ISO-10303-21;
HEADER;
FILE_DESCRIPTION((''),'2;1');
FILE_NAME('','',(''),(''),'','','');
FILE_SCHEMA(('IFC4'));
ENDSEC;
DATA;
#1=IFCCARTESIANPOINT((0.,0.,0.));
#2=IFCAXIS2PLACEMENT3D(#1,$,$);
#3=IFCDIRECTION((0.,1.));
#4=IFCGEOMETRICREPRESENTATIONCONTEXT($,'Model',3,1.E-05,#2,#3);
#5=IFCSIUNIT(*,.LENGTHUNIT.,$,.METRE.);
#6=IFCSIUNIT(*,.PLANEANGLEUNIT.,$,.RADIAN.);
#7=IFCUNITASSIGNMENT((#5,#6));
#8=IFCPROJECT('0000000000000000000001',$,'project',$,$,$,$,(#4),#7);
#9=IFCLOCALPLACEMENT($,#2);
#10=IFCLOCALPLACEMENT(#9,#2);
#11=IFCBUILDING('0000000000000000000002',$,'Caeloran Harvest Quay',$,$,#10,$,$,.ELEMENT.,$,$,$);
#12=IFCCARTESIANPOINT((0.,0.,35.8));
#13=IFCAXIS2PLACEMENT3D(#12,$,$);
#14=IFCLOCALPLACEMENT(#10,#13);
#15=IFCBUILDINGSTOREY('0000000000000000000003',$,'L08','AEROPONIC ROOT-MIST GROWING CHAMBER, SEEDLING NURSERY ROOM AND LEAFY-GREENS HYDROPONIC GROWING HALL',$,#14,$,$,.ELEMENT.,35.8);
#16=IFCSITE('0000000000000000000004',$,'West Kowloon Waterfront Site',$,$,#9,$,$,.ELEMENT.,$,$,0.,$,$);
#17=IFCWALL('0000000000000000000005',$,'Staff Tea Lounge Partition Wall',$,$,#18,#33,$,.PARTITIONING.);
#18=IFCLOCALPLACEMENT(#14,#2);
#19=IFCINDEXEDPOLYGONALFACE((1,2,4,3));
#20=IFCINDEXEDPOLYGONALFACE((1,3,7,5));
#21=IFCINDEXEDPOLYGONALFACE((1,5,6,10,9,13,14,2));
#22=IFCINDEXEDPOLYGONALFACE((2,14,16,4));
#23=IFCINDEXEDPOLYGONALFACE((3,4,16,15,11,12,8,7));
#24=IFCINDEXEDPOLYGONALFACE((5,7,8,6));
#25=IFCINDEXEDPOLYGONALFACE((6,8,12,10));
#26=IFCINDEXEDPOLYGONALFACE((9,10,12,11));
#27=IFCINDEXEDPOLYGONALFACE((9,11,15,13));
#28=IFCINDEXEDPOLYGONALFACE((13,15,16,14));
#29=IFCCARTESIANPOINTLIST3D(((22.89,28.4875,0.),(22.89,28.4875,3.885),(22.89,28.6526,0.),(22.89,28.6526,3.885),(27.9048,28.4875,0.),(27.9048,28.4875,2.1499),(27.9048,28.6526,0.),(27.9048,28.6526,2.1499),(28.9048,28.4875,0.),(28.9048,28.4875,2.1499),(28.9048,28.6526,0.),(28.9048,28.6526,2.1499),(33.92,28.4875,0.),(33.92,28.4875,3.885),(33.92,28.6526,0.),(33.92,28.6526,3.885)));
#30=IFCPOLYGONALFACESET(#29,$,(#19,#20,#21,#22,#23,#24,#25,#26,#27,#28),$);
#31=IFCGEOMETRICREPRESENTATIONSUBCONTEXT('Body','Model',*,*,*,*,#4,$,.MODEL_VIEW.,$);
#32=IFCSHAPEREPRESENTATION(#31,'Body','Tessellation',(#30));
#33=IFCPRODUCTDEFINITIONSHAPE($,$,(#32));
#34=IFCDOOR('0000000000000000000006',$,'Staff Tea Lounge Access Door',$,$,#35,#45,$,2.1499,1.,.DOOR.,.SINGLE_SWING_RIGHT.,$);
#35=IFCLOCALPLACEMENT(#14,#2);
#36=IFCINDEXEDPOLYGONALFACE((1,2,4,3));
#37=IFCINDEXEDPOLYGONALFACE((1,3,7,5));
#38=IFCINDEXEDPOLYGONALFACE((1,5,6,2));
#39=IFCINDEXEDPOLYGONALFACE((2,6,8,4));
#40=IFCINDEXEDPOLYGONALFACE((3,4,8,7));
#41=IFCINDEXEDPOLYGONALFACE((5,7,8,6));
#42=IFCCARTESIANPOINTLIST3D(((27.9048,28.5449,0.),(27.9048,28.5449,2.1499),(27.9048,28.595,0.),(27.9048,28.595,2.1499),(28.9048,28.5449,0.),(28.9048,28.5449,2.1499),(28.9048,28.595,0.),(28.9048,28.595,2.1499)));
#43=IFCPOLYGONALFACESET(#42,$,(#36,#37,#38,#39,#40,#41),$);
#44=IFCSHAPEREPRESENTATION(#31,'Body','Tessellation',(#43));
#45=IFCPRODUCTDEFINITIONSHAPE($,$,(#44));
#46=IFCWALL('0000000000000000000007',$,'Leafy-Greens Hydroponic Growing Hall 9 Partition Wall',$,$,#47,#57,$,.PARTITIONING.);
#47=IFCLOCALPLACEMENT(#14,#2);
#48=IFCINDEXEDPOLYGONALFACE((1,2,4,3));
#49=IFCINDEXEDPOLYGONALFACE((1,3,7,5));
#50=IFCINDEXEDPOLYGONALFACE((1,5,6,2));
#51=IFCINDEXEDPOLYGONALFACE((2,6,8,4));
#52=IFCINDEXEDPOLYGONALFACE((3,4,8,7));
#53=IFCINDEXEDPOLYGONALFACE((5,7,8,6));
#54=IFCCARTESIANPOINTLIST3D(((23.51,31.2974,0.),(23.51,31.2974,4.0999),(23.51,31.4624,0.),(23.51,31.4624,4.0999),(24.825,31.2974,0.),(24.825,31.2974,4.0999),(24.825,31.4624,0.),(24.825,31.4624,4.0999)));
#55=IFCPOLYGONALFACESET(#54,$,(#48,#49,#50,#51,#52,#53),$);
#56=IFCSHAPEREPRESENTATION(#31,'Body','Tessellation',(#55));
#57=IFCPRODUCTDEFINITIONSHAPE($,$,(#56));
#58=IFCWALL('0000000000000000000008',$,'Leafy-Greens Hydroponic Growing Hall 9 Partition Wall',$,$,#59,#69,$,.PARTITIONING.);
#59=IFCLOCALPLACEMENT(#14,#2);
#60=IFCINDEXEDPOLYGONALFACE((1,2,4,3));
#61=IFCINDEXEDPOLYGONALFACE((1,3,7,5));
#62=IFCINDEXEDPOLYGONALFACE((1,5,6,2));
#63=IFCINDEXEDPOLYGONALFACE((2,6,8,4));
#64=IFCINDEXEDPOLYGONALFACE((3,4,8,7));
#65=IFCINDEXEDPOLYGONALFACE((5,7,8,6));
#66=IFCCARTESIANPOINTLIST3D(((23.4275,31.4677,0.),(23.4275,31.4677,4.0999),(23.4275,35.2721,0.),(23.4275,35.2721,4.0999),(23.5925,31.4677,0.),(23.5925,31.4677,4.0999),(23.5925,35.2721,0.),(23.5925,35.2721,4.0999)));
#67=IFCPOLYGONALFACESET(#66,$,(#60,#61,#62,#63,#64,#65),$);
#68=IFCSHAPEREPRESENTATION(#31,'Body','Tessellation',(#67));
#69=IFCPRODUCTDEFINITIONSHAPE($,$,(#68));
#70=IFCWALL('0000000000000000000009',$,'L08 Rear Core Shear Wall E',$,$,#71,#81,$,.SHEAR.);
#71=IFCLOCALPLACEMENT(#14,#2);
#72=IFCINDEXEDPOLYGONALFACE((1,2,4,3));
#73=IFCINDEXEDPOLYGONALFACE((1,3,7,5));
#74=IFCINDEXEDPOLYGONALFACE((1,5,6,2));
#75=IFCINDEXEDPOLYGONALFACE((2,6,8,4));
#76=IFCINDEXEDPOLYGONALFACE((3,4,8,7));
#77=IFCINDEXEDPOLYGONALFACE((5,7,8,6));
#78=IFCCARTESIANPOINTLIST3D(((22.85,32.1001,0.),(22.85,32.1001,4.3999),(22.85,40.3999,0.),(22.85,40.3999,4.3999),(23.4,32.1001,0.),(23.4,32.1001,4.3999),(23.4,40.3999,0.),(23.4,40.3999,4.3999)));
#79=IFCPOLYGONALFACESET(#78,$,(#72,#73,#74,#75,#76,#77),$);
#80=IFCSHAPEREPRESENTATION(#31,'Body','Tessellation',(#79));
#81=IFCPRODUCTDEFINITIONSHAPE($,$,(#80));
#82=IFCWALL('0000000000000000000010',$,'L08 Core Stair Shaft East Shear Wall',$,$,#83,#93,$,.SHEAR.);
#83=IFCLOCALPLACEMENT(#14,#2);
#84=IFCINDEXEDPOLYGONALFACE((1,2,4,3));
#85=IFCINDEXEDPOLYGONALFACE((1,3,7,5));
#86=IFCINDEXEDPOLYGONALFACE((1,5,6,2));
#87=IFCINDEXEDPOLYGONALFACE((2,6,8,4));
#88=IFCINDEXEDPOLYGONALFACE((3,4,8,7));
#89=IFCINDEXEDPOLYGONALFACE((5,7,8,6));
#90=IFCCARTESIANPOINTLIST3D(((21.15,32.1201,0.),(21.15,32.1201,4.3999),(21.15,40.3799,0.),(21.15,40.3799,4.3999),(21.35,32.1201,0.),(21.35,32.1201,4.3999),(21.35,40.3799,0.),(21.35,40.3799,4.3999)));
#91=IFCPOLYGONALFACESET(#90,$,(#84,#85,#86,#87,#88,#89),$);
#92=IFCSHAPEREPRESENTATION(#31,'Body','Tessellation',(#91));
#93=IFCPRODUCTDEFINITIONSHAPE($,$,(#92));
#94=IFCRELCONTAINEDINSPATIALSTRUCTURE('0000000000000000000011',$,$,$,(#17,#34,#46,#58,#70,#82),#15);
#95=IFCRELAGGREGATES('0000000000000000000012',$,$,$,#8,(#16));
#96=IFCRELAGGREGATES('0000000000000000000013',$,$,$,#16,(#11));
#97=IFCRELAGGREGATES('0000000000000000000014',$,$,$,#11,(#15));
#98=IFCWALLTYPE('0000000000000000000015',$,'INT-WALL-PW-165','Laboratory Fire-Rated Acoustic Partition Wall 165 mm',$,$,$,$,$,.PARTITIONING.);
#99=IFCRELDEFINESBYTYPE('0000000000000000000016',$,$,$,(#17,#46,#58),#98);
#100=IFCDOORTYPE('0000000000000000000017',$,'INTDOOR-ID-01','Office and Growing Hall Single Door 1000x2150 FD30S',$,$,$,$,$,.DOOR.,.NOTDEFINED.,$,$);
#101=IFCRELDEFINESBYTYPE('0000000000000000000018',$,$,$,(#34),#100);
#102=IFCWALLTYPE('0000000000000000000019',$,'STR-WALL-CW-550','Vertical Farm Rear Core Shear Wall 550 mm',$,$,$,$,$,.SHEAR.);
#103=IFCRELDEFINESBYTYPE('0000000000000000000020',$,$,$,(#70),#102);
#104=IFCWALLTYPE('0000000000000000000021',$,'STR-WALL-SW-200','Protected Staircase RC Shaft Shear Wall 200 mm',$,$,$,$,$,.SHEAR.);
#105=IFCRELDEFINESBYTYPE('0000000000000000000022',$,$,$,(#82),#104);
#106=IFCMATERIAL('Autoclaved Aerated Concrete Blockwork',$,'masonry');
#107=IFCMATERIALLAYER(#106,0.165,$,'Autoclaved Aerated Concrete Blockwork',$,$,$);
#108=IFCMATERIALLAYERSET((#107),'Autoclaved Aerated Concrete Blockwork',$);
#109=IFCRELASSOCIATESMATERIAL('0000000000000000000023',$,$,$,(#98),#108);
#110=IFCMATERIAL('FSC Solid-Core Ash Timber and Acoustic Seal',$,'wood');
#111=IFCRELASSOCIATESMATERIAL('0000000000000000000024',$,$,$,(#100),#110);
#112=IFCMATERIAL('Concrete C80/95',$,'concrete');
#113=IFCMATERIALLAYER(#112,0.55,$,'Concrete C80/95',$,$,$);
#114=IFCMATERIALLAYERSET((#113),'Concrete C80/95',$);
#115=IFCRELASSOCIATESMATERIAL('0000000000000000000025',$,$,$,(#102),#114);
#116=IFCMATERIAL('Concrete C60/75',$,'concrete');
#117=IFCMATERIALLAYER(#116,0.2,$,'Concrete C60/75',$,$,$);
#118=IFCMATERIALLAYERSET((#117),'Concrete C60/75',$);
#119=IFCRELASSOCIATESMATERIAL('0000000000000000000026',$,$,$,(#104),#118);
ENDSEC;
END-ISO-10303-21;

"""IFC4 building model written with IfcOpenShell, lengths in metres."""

from ifc_helpers import new_model, si_unit, direction, frame, frame_2d, origin, place, context, subcontext, project, spatial, rectangle, extrude, material, layer, layer_set, type_object, element, fill, save


model = new_model("IFC4")

# Units and contexts
model_context = context("Model", 3, precision=1e-05, world=origin(), true_north=direction((0.0, 1.0)))
body_context = subcontext(model_context, "Body", "Model", "MODEL_VIEW")
ifc_project = project(units=[si_unit("LENGTHUNIT", "METRE"), si_unit("PLANEANGLEUNIT", "RADIAN")], contexts=[model_context])

# Site, building, storey
site_placement = place(None, origin())
site = spatial("IfcSite", under=ifc_project, at=site_placement, Name="West Kowloon Waterfront Site", CompositionType="ELEMENT", RefElevation=0.0)
building_placement = place(site_placement, origin())
building = spatial("IfcBuilding", under=site, at=building_placement, Name="Caeloran Harvest Quay", CompositionType="ELEMENT")
storey_placement = place(building_placement, frame((0.0, 0.0, 35.8)))
storey = spatial("IfcBuildingStorey", under=building, at=storey_placement, Name="L08", Description="AEROPONIC ROOT-MIST GROWING CHAMBER, SEEDLING NURSERY ROOM AND LEAFY-GREENS HYDROPONIC GROWING HALL", CompositionType="ELEMENT", Elevation=35.8)

# Shared definitions
ifc_material_1 = material(Name="Concrete C80/95", Category="concrete")

# Wall, opening, door
ifc_material_2 = material(Name="Autoclaved Aerated Concrete Blockwork", Category="masonry")
ifc_layer_1 = layer(ifc_material_2, 0.165, Name="Autoclaved Aerated Concrete Blockwork")
ifc_layer_set_1 = layer_set([ifc_layer_1], Name="Autoclaved Aerated Concrete Blockwork")
wall_type_1 = type_object("IfcWallType", Name="INT-WALL-PW-165", Description="Laboratory Fire-Rated Acoustic Partition Wall 165 mm", PredefinedType="PARTITIONING", material=ifc_layer_set_1)
wall_1_placement = place(storey_placement, frame((22.8899, 28.5701, 0.0), z_axis=(0.0, 0.0, 1.0), x_axis=(1.0, 0.0, 0.0)))
wall_1 = element("IfcWall", 1, at=wall_1_placement, inside=storey, type_object=wall_type_1, Name="Staff Tea Lounge Partition Wall", PredefinedType="PARTITIONING", context=body_context, shape_type="SweptSolid", body=[
    extrude(rectangle(XDim=11.03, YDim=0.165, at=frame_2d((5.5151, 0.0))), origin(), (0.0, 0.0, 1.0), 3.885),
])
opening_placement = place(wall_1_placement, frame((5.0149, 0.0, 0.0)))
opening = element("IfcOpeningElement", 2, at=opening_placement, cuts=wall_1, PredefinedType="OPENING", context=body_context, shape_type="SweptSolid", body=[
    extrude(rectangle(XDim=1.0, YDim=2.1499, at=frame_2d((0.5, 1.075))), frame((0.0, 0.0925, 0.0), z_axis=(0.0, -1.0, 0.0), x_axis=(1.0, 0.0, 0.0)), (0.0, 0.0, 1.0), 0.1851),
])
ifc_material_3 = material(Name="FSC Solid-Core Ash Timber and Acoustic Seal", Category="wood")
door_type = type_object("IfcDoorType", Name="INTDOOR-ID-01", Description="Office and Growing Hall Single Door 1000x2150 FD30S", OperationType="NOTDEFINED", PredefinedType="DOOR", material=ifc_material_3)
door_placement = place(opening_placement, origin())
door = element("IfcDoor", 3, at=door_placement, inside=storey, type_object=door_type, Name="Staff Tea Lounge Access Door", OperationType="SINGLE_SWING_RIGHT", OverallHeight=2.1499, OverallWidth=1.0, PredefinedType="DOOR", context=body_context, shape_type="SweptSolid", body=[
    extrude(rectangle(XDim=1.0, YDim=2.1499, at=frame_2d((0.5, 1.075))), frame((0.0, 0.0249, 0.0), z_axis=(0.0, -1.0, 0.0), x_axis=(1.0, 0.0, 0.0)), (0.0, 0.0, 1.0), 0.05),
])
fill(opening, door)

# Walls
wall_2_placement = place(storey_placement, frame((24.825, 31.3799, 0.0), z_axis=(0.0, 0.0, 1.0), x_axis=(-1.0, 0.0, 0.0)))
element("IfcWall", 4, at=wall_2_placement, inside=storey, type_object=wall_type_1, Name="Leafy-Greens Hydroponic Growing Hall 9 Partition Wall", PredefinedType="PARTITIONING", context=body_context, shape_type="SweptSolid", body=[
    extrude(rectangle(XDim=1.3149, YDim=0.165, at=frame_2d((0.6575, 0.0))), origin(), (0.0, 0.0, 1.0), 4.0999),
])
wall_3_placement = place(storey_placement, frame((23.51, 31.4675, 0.0), z_axis=(0.0, 0.0, 1.0), x_axis=(0.0, 1.0, 0.0)))
element("IfcWall", 5, at=wall_3_placement, inside=storey, type_object=wall_type_1, Name="Leafy-Greens Hydroponic Growing Hall 9 Partition Wall", PredefinedType="PARTITIONING", context=body_context, shape_type="SweptSolid", body=[
    extrude(rectangle(XDim=3.8044, YDim=0.165, at=frame_2d((1.9023, 0.0))), origin(), (0.0, 0.0, 1.0), 4.0999),
])
ifc_layer_2 = layer(ifc_material_1, 0.55, Name="Concrete C80/95")
ifc_layer_set_2 = layer_set([ifc_layer_2], Name="Concrete C80/95")
wall_type_2 = type_object("IfcWallType", Name="STR-WALL-CW-550", Description="Vertical Farm Rear Core Shear Wall 550 mm", PredefinedType="SHEAR", material=ifc_layer_set_2)
wall_4_placement = place(storey_placement, frame((23.125, 32.1001, 0.0), z_axis=(0.0, 0.0, 1.0), x_axis=(0.0, 1.0, 0.0)))
element("IfcWall", 6, at=wall_4_placement, inside=storey, type_object=wall_type_2, Name="L08 Rear Core Shear Wall E", PredefinedType="SHEAR", context=body_context, shape_type="SweptSolid", body=[
    extrude(rectangle(XDim=8.2998, YDim=0.55, at=frame_2d((4.1499, 0.0))), origin(), (0.0, 0.0, 1.0), 4.3999),
])
ifc_material_4 = material(Name="Concrete C60/75", Category="concrete")
ifc_layer_3 = layer(ifc_material_4, 0.2, Name="Concrete C60/75")
ifc_layer_set_3 = layer_set([ifc_layer_3], Name="Concrete C60/75")
wall_type_3 = type_object("IfcWallType", Name="STR-WALL-SW-200", Description="Protected Staircase RC Shaft Shear Wall 200 mm", PredefinedType="SHEAR", material=ifc_layer_set_3)
wall_5_placement = place(storey_placement, frame((21.25, 32.1201, 0.0), z_axis=(0.0, 0.0, 1.0), x_axis=(0.0, 1.0, 0.0)))
element("IfcWall", 7, at=wall_5_placement, inside=storey, type_object=wall_type_3, Name="L08 Core Stair Shaft East Shear Wall", PredefinedType="SHEAR", context=body_context, shape_type="SweptSolid", body=[
    extrude(rectangle(XDim=8.2598, YDim=0.2, at=frame_2d((4.1299, 0.0))), origin(), (0.0, 0.0, 1.0), 4.3999),
])

save(model, "model.ifc")
